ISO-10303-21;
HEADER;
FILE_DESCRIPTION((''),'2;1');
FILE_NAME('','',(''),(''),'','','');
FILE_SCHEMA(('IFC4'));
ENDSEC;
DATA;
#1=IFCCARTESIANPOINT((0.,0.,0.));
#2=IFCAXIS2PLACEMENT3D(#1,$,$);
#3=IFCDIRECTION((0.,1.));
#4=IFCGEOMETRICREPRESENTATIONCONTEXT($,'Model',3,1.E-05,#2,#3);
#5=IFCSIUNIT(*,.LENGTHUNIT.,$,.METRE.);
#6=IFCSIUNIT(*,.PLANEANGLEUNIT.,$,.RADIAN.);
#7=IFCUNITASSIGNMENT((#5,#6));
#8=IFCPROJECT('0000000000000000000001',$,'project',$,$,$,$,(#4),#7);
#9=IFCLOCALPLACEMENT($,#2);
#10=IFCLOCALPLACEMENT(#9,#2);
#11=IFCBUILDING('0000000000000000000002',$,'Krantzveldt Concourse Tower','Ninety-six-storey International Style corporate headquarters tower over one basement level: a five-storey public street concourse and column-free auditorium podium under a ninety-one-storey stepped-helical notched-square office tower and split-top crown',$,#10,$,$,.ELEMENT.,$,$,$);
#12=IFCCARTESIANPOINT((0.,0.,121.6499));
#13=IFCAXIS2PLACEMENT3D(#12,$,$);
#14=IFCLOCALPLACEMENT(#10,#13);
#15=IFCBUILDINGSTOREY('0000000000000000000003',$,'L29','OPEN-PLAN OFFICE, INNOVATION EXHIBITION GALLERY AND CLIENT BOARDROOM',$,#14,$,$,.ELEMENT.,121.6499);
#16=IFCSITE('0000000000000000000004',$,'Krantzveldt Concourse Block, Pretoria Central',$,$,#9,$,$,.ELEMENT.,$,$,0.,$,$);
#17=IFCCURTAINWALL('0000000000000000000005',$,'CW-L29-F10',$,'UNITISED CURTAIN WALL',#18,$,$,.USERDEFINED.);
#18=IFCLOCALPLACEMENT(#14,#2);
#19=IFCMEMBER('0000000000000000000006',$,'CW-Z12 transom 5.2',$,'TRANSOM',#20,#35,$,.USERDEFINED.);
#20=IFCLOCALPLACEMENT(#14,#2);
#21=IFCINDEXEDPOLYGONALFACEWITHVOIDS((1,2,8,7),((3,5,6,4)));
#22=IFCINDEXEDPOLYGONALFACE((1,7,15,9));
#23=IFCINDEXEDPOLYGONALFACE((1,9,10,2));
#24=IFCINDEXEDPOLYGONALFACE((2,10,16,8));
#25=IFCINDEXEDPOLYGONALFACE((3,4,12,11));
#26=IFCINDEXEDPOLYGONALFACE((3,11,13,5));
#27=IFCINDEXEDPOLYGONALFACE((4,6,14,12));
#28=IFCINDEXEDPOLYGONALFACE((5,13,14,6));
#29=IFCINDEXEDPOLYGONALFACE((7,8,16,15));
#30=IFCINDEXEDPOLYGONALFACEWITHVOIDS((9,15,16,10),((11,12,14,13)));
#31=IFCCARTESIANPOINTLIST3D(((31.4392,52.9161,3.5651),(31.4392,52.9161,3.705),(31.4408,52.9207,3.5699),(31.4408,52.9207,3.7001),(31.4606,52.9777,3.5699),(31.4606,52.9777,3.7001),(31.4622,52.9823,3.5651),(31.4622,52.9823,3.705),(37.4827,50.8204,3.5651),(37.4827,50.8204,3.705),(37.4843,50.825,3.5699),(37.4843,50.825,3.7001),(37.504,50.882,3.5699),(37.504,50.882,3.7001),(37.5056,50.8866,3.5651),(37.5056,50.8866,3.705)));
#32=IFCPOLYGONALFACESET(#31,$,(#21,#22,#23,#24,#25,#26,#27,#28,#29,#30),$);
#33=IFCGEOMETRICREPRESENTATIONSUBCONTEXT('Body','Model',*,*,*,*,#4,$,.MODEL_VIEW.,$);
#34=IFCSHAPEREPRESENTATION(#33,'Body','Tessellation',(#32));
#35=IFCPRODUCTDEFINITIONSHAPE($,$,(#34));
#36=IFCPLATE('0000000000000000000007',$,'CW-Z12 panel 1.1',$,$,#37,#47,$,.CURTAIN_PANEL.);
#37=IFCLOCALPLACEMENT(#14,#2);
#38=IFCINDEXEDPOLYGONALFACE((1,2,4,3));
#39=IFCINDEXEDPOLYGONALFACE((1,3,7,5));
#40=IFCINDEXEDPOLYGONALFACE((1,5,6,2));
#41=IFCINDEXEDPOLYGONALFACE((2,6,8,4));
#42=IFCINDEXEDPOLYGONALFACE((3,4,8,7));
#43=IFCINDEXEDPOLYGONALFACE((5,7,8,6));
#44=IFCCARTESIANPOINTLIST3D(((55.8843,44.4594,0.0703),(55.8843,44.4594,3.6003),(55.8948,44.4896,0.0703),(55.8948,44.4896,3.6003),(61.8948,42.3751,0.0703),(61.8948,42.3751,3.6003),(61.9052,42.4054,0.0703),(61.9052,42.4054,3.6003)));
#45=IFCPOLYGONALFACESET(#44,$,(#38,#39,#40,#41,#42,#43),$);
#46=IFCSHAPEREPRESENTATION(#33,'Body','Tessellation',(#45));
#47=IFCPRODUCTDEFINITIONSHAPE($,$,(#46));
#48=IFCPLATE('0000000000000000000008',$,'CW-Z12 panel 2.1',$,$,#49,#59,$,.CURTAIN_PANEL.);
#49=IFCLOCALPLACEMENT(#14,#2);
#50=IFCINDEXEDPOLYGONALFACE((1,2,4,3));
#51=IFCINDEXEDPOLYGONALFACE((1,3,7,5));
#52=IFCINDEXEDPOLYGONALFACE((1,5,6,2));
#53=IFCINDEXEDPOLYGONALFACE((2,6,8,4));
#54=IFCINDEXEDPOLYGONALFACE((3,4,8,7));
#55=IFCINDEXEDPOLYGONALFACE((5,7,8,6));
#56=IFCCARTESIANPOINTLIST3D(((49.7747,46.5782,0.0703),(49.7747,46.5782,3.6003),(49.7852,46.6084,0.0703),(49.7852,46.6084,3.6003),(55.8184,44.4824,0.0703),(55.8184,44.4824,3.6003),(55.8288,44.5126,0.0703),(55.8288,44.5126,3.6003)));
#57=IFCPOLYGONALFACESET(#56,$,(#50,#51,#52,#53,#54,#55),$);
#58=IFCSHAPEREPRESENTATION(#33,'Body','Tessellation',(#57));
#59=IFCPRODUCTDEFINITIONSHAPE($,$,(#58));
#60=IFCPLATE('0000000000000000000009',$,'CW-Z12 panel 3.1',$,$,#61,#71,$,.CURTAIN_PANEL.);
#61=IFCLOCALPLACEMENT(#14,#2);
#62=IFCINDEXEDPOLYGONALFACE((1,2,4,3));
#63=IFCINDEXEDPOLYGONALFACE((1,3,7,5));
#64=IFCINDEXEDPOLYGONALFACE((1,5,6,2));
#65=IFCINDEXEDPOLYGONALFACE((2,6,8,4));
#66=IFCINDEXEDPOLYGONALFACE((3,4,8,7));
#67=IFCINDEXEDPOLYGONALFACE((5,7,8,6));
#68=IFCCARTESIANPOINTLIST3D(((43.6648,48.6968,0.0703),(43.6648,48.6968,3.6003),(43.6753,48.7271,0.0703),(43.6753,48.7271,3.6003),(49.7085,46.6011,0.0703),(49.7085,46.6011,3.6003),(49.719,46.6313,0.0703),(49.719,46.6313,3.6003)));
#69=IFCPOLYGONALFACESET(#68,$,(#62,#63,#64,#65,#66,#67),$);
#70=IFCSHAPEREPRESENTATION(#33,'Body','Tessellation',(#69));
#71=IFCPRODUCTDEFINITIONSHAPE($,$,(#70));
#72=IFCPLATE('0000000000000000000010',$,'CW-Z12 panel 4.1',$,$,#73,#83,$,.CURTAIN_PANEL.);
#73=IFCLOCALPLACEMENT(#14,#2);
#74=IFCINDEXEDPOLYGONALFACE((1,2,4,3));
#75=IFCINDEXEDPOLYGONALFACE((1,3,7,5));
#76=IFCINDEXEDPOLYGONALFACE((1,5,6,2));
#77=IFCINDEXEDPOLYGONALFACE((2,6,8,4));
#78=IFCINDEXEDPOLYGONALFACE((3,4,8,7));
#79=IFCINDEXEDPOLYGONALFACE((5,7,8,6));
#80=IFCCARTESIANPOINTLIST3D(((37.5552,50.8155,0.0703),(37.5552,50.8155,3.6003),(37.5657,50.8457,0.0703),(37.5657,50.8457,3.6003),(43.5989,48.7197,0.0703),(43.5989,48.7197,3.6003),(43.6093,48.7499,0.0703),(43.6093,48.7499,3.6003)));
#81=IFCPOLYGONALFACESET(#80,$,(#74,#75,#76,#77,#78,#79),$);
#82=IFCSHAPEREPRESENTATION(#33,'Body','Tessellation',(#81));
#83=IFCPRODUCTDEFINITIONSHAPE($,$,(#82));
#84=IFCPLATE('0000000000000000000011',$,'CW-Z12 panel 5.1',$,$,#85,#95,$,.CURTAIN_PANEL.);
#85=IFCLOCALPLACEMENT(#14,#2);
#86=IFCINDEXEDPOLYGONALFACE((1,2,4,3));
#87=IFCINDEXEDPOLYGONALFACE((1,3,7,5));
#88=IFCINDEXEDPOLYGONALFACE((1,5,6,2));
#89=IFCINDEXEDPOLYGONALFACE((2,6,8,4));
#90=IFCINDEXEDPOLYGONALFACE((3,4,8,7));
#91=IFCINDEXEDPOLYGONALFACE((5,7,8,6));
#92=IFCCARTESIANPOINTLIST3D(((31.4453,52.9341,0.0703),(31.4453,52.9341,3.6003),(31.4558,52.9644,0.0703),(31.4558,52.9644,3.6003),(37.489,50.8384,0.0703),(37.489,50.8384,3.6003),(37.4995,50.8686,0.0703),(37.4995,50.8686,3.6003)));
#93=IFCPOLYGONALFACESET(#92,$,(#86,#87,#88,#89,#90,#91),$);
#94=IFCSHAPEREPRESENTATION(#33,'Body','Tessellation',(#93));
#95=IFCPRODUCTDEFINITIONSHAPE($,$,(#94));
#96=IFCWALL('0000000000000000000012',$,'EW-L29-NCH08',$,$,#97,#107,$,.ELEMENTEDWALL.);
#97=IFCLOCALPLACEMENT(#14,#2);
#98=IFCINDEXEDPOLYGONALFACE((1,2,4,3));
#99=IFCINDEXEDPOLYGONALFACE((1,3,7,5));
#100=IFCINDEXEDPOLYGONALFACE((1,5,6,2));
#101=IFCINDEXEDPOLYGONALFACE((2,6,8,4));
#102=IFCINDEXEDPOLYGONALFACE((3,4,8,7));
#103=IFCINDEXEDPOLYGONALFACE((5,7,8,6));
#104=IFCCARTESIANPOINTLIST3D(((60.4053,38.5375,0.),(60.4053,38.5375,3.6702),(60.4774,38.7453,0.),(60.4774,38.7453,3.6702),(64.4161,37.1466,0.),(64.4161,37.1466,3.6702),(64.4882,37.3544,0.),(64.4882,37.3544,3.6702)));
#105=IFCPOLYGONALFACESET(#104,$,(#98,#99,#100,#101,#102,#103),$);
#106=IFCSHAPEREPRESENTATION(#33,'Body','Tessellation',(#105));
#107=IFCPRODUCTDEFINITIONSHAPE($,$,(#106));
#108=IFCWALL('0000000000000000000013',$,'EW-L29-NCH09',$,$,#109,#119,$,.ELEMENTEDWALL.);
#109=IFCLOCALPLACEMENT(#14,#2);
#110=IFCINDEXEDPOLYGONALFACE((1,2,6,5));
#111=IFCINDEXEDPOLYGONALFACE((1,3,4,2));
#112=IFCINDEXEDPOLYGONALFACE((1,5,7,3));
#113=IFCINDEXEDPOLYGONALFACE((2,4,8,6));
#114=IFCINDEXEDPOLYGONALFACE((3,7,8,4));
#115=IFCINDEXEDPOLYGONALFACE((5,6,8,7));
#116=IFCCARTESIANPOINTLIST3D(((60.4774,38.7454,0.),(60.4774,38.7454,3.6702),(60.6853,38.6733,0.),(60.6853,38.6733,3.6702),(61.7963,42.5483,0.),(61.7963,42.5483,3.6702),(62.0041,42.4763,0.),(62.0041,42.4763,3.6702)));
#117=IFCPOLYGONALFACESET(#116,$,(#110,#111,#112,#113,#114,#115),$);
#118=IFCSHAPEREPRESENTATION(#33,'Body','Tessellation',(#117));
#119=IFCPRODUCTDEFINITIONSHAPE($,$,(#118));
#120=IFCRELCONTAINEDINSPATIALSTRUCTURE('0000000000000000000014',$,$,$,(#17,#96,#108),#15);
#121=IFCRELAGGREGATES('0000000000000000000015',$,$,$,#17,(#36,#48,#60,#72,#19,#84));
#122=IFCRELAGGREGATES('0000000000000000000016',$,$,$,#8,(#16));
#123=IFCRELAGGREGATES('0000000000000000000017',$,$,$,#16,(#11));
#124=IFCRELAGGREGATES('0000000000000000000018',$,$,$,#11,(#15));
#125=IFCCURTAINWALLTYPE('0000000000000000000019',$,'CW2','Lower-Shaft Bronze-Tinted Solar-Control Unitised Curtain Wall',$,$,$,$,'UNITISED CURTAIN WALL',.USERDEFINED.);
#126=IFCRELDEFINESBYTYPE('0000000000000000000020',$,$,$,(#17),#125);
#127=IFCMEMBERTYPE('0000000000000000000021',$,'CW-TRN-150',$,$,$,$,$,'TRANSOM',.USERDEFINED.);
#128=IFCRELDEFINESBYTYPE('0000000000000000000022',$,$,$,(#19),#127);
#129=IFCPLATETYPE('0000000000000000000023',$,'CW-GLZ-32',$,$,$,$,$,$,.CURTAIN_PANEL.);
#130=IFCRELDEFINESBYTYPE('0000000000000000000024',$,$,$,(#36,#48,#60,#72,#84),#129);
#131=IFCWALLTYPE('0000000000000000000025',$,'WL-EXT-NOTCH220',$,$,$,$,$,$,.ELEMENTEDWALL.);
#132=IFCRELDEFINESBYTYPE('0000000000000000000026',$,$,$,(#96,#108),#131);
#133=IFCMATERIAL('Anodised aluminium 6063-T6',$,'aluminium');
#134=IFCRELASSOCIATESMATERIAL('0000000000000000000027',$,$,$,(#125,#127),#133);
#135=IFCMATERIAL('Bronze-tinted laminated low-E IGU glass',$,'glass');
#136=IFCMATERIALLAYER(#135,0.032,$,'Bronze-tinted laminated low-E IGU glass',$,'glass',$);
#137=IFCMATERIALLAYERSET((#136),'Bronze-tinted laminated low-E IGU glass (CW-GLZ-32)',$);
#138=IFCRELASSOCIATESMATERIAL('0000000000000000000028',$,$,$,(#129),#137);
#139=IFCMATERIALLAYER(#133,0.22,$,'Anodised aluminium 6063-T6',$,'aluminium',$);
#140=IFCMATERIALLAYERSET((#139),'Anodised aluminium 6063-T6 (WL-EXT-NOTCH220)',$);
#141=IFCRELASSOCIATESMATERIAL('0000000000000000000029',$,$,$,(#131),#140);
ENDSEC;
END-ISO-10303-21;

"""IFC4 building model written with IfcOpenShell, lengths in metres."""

from ifc_helpers import new_model, si_unit, direction, frame, frame_2d, origin, origin_2d, place, context, subcontext, project, spatial, rectangle, hollow_rectangle, extrude, source, transform, mapped, material, layer, layer_set, material_profile, profile_set, type_object, type_shapes, element, aggregate, save


model = new_model("IFC4")

# Units and contexts
model_context = context("Model", 3, precision=1e-05, world=origin(), true_north=direction((0.0, 1.0)))
body_context = subcontext(model_context, "Body", "Model", "MODEL_VIEW")
ifc_project = project(units=[si_unit("LENGTHUNIT", "METRE"), si_unit("PLANEANGLEUNIT", "RADIAN")], contexts=[model_context])

# Site, building, storey
site_placement = place(None, origin())
site = spatial("IfcSite", under=ifc_project, at=site_placement, Name="Krantzveldt Concourse Block, Pretoria Central", CompositionType="ELEMENT", RefElevation=0.0)
building_placement = place(site_placement, origin())
building = spatial("IfcBuilding", under=site, at=building_placement, Name="Krantzveldt Concourse Tower", Description="Ninety-six-storey International Style corporate headquarters tower over one basement level: a five-storey public street concourse and column-free auditorium podium under a ninety-one-storey stepped-helical notched-square office tower and split-top crown", CompositionType="ELEMENT")
storey_placement = place(building_placement, frame((0.0, 0.0, 121.6499)))
storey = spatial("IfcBuildingStorey", under=building, at=storey_placement, Name="L29", Description="OPEN-PLAN OFFICE, INNOVATION EXHIBITION GALLERY AND CLIENT BOARDROOM", CompositionType="ELEMENT", Elevation=121.6499)

# Shared definitions
ifc_material_1 = material(Name="Anodised aluminium 6063-T6", Category="aluminium")
curtain_wall_type = type_object("IfcCurtainWallType", Name="CW2", Description="Lower-Shaft Bronze-Tinted Solar-Control Unitised Curtain Wall", ElementType="UNITISED CURTAIN WALL", PredefinedType="USERDEFINED", material=ifc_material_1)

# Curtain wall, member, plates
curtain_wall_1_placement = place(storey_placement, origin())
curtain_wall_1 = element("IfcCurtainWall", 1, at=curtain_wall_1_placement, inside=storey, type_object=curtain_wall_type, Name="CW-L29-F10", ObjectType="UNITISED CURTAIN WALL", PredefinedType="USERDEFINED")
ifc_material_profile_1 = material_profile(ifc_material_1, hollow_rectangle(XDim=0.0701, YDim=0.1399, WallThickness=0.0049, at=origin_2d()), Name="Anodised aluminium 6063-T6", Category="aluminium")
ifc_profile_set_1 = profile_set([ifc_material_profile_1], Name="Anodised aluminium 6063-T6 - ALU-TRAN 140x70x5")
member_type_1 = type_object("IfcMemberType", Name="CW-TRN-150", ElementType="TRANSOM", PredefinedType="USERDEFINED", material=ifc_profile_set_1)
shared_shape_1 = source(origin(), body_context, "Body", "SweptSolid", [
    extrude(hollow_rectangle(XDim=0.0701, YDim=0.1399, WallThickness=0.0049, at=origin_2d()), origin(), (0.0, 0.0, 1.0), 6.3965),
])
member_1_placement = place(storey_placement, frame((37.4941, 50.8535, 3.635), z_axis=(-0.944805, 0.327632, 0.0), x_axis=(-0.327632, -0.944805, 0.0)))
member_1 = element("IfcMember", 2, at=member_1_placement, type_object=member_type_1, Name="CW-Z12 transom 5.2", ObjectType="TRANSOM", PredefinedType="USERDEFINED", context=body_context, shape_type="MappedRepresentation", body=[
    mapped(shared_shape_1, transform((0.0, 0.0, 0.0), x_axis=(1.0, 0.0, 0.0), y_axis=(0.0, 1.0, 0.0), z_axis=(0.0, 0.0, 1.0), scale=1.0)),
])
ifc_material_2 = material(Name="Bronze-tinted laminated low-E IGU glass", Category="glass")
ifc_layer_1 = layer(ifc_material_2, 0.032, Name="Bronze-tinted laminated low-E IGU glass", Category="glass")
ifc_layer_set_1 = layer_set([ifc_layer_1], Name="Bronze-tinted laminated low-E IGU glass (CW-GLZ-32)")
plate_type = type_object("IfcPlateType", Name="CW-GLZ-32", PredefinedType="CURTAIN_PANEL", material=ifc_layer_set_1)
shared_shape_2 = source(origin(), body_context, "Body", "SweptSolid", [
    extrude(rectangle(XDim=6.3616, YDim=0.032, at=origin_2d()), origin(), (0.0, 0.0, 1.0), 3.53),
])
plate_1_placement = place(storey_placement, frame((58.8948, 43.4324, 0.0703), z_axis=(0.0, 0.0, 1.0), x_axis=(-0.944806, 0.32763, 0.0)))
plate_1 = element("IfcPlate", 3, at=plate_1_placement, type_object=plate_type, Name="CW-Z12 panel 1.1", PredefinedType="CURTAIN_PANEL", context=body_context, shape_type="MappedRepresentation", body=[
    mapped(shared_shape_2, transform((0.0, 0.0, 0.0), x_axis=(1.0, 0.0, 0.0), y_axis=(0.0, 1.0, 0.0), z_axis=(0.0, 0.0, 1.0), scale=1.0)),
])
shared_shape_3 = source(origin(), body_context, "Body", "SweptSolid", [
    extrude(rectangle(XDim=6.3967, YDim=0.032, at=origin_2d()), origin(), (0.0, 0.0, 1.0), 3.53),
])
type_shapes(plate_type, [shared_shape_2, shared_shape_3])
plate_2_placement = place(storey_placement, frame((52.8018, 45.5454, 0.0703), z_axis=(0.0, 0.0, 1.0), x_axis=(-0.944806, 0.32763, 0.0)))
plate_2 = element("IfcPlate", 4, at=plate_2_placement, type_object=plate_type, Name="CW-Z12 panel 2.1", PredefinedType="CURTAIN_PANEL", context=body_context, shape_type="MappedRepresentation", body=[
    mapped(shared_shape_3, transform((0.0, 0.0, 0.0), x_axis=(1.0, 0.0, 0.0), y_axis=(0.0, 1.0, 0.0), z_axis=(0.0, 0.0, 1.0), scale=1.0)),
])
plate_3_placement = place(storey_placement, frame((46.6919, 47.6641, 0.0703), z_axis=(0.0, 0.0, 1.0), x_axis=(-0.944806, 0.32763, 0.0)))
plate_3 = element("IfcPlate", 5, at=plate_3_placement, type_object=plate_type, Name="CW-Z12 panel 3.1", PredefinedType="CURTAIN_PANEL", context=body_context, shape_type="MappedRepresentation", body=[
    mapped(shared_shape_3, transform((0.0, 0.0, 0.0), x_axis=(1.0, 0.0, 0.0), y_axis=(0.0, 1.0, 0.0), z_axis=(0.0, 0.0, 1.0), scale=1.0)),
])
plate_4_placement = place(storey_placement, frame((40.5823, 49.7827, 0.0703), z_axis=(0.0, 0.0, 1.0), x_axis=(-0.944806, 0.32763, 0.0)))
plate_4 = element("IfcPlate", 6, at=plate_4_placement, type_object=plate_type, Name="CW-Z12 panel 4.1", PredefinedType="CURTAIN_PANEL", context=body_context, shape_type="MappedRepresentation", body=[
    mapped(shared_shape_3, transform((0.0, 0.0, 0.0), x_axis=(1.0, 0.0, 0.0), y_axis=(0.0, 1.0, 0.0), z_axis=(0.0, 0.0, 1.0), scale=1.0)),
])
plate_5_placement = place(storey_placement, frame((34.4724, 51.9014, 0.0703), z_axis=(0.0, 0.0, 1.0), x_axis=(-0.944806, 0.32763, 0.0)))
plate_5 = element("IfcPlate", 7, at=plate_5_placement, type_object=plate_type, Name="CW-Z12 panel 5.1", PredefinedType="CURTAIN_PANEL", context=body_context, shape_type="MappedRepresentation", body=[
    mapped(shared_shape_3, transform((0.0, 0.0, 0.0), x_axis=(1.0, 0.0, 0.0), y_axis=(0.0, 1.0, 0.0), z_axis=(0.0, 0.0, 1.0), scale=1.0)),
])
aggregate(curtain_wall_1, [plate_1, plate_2, plate_3, plate_4, member_1, plate_5])

# Walls
ifc_layer_2 = layer(ifc_material_1, 0.22, Name="Anodised aluminium 6063-T6", Category="aluminium")
ifc_layer_set_2 = layer_set([ifc_layer_2], Name="Anodised aluminium 6063-T6 (WL-EXT-NOTCH220)")
wall_type = type_object("IfcWallType", Name="WL-EXT-NOTCH220", PredefinedType="ELEMENTEDWALL", material=ifc_layer_set_2)
wall_1_placement = place(storey_placement, frame((64.4521, 37.2505, 0.0), z_axis=(0.0, 0.0, 1.0), x_axis=(-0.944801, 0.327644, 0.0)))
element("IfcWall", 8, at=wall_1_placement, inside=storey, type_object=wall_type, Name="EW-L29-NCH08", PredefinedType="ELEMENTEDWALL", context=body_context, shape_type="SweptSolid", body=[
    extrude(rectangle(XDim=4.2451, YDim=0.22, at=frame_2d((2.1226, 0.0))), origin(), (0.0, 0.0, 1.0), 3.6702),
])
wall_2_placement = place(storey_placement, frame((60.5813, 38.7092, 0.0), z_axis=(0.0, 0.0, 1.0), x_axis=(0.32765, 0.944799, 0.0)))
element("IfcWall", 9, at=wall_2_placement, inside=storey, type_object=wall_type, Name="EW-L29-NCH09", PredefinedType="ELEMENTEDWALL", context=body_context, shape_type="SweptSolid", body=[
    extrude(rectangle(XDim=4.0251, YDim=0.22, at=frame_2d((2.0127, 0.0))), origin(), (0.0, 0.0, 1.0), 3.6702),
])

save(model, "model.ifc")
